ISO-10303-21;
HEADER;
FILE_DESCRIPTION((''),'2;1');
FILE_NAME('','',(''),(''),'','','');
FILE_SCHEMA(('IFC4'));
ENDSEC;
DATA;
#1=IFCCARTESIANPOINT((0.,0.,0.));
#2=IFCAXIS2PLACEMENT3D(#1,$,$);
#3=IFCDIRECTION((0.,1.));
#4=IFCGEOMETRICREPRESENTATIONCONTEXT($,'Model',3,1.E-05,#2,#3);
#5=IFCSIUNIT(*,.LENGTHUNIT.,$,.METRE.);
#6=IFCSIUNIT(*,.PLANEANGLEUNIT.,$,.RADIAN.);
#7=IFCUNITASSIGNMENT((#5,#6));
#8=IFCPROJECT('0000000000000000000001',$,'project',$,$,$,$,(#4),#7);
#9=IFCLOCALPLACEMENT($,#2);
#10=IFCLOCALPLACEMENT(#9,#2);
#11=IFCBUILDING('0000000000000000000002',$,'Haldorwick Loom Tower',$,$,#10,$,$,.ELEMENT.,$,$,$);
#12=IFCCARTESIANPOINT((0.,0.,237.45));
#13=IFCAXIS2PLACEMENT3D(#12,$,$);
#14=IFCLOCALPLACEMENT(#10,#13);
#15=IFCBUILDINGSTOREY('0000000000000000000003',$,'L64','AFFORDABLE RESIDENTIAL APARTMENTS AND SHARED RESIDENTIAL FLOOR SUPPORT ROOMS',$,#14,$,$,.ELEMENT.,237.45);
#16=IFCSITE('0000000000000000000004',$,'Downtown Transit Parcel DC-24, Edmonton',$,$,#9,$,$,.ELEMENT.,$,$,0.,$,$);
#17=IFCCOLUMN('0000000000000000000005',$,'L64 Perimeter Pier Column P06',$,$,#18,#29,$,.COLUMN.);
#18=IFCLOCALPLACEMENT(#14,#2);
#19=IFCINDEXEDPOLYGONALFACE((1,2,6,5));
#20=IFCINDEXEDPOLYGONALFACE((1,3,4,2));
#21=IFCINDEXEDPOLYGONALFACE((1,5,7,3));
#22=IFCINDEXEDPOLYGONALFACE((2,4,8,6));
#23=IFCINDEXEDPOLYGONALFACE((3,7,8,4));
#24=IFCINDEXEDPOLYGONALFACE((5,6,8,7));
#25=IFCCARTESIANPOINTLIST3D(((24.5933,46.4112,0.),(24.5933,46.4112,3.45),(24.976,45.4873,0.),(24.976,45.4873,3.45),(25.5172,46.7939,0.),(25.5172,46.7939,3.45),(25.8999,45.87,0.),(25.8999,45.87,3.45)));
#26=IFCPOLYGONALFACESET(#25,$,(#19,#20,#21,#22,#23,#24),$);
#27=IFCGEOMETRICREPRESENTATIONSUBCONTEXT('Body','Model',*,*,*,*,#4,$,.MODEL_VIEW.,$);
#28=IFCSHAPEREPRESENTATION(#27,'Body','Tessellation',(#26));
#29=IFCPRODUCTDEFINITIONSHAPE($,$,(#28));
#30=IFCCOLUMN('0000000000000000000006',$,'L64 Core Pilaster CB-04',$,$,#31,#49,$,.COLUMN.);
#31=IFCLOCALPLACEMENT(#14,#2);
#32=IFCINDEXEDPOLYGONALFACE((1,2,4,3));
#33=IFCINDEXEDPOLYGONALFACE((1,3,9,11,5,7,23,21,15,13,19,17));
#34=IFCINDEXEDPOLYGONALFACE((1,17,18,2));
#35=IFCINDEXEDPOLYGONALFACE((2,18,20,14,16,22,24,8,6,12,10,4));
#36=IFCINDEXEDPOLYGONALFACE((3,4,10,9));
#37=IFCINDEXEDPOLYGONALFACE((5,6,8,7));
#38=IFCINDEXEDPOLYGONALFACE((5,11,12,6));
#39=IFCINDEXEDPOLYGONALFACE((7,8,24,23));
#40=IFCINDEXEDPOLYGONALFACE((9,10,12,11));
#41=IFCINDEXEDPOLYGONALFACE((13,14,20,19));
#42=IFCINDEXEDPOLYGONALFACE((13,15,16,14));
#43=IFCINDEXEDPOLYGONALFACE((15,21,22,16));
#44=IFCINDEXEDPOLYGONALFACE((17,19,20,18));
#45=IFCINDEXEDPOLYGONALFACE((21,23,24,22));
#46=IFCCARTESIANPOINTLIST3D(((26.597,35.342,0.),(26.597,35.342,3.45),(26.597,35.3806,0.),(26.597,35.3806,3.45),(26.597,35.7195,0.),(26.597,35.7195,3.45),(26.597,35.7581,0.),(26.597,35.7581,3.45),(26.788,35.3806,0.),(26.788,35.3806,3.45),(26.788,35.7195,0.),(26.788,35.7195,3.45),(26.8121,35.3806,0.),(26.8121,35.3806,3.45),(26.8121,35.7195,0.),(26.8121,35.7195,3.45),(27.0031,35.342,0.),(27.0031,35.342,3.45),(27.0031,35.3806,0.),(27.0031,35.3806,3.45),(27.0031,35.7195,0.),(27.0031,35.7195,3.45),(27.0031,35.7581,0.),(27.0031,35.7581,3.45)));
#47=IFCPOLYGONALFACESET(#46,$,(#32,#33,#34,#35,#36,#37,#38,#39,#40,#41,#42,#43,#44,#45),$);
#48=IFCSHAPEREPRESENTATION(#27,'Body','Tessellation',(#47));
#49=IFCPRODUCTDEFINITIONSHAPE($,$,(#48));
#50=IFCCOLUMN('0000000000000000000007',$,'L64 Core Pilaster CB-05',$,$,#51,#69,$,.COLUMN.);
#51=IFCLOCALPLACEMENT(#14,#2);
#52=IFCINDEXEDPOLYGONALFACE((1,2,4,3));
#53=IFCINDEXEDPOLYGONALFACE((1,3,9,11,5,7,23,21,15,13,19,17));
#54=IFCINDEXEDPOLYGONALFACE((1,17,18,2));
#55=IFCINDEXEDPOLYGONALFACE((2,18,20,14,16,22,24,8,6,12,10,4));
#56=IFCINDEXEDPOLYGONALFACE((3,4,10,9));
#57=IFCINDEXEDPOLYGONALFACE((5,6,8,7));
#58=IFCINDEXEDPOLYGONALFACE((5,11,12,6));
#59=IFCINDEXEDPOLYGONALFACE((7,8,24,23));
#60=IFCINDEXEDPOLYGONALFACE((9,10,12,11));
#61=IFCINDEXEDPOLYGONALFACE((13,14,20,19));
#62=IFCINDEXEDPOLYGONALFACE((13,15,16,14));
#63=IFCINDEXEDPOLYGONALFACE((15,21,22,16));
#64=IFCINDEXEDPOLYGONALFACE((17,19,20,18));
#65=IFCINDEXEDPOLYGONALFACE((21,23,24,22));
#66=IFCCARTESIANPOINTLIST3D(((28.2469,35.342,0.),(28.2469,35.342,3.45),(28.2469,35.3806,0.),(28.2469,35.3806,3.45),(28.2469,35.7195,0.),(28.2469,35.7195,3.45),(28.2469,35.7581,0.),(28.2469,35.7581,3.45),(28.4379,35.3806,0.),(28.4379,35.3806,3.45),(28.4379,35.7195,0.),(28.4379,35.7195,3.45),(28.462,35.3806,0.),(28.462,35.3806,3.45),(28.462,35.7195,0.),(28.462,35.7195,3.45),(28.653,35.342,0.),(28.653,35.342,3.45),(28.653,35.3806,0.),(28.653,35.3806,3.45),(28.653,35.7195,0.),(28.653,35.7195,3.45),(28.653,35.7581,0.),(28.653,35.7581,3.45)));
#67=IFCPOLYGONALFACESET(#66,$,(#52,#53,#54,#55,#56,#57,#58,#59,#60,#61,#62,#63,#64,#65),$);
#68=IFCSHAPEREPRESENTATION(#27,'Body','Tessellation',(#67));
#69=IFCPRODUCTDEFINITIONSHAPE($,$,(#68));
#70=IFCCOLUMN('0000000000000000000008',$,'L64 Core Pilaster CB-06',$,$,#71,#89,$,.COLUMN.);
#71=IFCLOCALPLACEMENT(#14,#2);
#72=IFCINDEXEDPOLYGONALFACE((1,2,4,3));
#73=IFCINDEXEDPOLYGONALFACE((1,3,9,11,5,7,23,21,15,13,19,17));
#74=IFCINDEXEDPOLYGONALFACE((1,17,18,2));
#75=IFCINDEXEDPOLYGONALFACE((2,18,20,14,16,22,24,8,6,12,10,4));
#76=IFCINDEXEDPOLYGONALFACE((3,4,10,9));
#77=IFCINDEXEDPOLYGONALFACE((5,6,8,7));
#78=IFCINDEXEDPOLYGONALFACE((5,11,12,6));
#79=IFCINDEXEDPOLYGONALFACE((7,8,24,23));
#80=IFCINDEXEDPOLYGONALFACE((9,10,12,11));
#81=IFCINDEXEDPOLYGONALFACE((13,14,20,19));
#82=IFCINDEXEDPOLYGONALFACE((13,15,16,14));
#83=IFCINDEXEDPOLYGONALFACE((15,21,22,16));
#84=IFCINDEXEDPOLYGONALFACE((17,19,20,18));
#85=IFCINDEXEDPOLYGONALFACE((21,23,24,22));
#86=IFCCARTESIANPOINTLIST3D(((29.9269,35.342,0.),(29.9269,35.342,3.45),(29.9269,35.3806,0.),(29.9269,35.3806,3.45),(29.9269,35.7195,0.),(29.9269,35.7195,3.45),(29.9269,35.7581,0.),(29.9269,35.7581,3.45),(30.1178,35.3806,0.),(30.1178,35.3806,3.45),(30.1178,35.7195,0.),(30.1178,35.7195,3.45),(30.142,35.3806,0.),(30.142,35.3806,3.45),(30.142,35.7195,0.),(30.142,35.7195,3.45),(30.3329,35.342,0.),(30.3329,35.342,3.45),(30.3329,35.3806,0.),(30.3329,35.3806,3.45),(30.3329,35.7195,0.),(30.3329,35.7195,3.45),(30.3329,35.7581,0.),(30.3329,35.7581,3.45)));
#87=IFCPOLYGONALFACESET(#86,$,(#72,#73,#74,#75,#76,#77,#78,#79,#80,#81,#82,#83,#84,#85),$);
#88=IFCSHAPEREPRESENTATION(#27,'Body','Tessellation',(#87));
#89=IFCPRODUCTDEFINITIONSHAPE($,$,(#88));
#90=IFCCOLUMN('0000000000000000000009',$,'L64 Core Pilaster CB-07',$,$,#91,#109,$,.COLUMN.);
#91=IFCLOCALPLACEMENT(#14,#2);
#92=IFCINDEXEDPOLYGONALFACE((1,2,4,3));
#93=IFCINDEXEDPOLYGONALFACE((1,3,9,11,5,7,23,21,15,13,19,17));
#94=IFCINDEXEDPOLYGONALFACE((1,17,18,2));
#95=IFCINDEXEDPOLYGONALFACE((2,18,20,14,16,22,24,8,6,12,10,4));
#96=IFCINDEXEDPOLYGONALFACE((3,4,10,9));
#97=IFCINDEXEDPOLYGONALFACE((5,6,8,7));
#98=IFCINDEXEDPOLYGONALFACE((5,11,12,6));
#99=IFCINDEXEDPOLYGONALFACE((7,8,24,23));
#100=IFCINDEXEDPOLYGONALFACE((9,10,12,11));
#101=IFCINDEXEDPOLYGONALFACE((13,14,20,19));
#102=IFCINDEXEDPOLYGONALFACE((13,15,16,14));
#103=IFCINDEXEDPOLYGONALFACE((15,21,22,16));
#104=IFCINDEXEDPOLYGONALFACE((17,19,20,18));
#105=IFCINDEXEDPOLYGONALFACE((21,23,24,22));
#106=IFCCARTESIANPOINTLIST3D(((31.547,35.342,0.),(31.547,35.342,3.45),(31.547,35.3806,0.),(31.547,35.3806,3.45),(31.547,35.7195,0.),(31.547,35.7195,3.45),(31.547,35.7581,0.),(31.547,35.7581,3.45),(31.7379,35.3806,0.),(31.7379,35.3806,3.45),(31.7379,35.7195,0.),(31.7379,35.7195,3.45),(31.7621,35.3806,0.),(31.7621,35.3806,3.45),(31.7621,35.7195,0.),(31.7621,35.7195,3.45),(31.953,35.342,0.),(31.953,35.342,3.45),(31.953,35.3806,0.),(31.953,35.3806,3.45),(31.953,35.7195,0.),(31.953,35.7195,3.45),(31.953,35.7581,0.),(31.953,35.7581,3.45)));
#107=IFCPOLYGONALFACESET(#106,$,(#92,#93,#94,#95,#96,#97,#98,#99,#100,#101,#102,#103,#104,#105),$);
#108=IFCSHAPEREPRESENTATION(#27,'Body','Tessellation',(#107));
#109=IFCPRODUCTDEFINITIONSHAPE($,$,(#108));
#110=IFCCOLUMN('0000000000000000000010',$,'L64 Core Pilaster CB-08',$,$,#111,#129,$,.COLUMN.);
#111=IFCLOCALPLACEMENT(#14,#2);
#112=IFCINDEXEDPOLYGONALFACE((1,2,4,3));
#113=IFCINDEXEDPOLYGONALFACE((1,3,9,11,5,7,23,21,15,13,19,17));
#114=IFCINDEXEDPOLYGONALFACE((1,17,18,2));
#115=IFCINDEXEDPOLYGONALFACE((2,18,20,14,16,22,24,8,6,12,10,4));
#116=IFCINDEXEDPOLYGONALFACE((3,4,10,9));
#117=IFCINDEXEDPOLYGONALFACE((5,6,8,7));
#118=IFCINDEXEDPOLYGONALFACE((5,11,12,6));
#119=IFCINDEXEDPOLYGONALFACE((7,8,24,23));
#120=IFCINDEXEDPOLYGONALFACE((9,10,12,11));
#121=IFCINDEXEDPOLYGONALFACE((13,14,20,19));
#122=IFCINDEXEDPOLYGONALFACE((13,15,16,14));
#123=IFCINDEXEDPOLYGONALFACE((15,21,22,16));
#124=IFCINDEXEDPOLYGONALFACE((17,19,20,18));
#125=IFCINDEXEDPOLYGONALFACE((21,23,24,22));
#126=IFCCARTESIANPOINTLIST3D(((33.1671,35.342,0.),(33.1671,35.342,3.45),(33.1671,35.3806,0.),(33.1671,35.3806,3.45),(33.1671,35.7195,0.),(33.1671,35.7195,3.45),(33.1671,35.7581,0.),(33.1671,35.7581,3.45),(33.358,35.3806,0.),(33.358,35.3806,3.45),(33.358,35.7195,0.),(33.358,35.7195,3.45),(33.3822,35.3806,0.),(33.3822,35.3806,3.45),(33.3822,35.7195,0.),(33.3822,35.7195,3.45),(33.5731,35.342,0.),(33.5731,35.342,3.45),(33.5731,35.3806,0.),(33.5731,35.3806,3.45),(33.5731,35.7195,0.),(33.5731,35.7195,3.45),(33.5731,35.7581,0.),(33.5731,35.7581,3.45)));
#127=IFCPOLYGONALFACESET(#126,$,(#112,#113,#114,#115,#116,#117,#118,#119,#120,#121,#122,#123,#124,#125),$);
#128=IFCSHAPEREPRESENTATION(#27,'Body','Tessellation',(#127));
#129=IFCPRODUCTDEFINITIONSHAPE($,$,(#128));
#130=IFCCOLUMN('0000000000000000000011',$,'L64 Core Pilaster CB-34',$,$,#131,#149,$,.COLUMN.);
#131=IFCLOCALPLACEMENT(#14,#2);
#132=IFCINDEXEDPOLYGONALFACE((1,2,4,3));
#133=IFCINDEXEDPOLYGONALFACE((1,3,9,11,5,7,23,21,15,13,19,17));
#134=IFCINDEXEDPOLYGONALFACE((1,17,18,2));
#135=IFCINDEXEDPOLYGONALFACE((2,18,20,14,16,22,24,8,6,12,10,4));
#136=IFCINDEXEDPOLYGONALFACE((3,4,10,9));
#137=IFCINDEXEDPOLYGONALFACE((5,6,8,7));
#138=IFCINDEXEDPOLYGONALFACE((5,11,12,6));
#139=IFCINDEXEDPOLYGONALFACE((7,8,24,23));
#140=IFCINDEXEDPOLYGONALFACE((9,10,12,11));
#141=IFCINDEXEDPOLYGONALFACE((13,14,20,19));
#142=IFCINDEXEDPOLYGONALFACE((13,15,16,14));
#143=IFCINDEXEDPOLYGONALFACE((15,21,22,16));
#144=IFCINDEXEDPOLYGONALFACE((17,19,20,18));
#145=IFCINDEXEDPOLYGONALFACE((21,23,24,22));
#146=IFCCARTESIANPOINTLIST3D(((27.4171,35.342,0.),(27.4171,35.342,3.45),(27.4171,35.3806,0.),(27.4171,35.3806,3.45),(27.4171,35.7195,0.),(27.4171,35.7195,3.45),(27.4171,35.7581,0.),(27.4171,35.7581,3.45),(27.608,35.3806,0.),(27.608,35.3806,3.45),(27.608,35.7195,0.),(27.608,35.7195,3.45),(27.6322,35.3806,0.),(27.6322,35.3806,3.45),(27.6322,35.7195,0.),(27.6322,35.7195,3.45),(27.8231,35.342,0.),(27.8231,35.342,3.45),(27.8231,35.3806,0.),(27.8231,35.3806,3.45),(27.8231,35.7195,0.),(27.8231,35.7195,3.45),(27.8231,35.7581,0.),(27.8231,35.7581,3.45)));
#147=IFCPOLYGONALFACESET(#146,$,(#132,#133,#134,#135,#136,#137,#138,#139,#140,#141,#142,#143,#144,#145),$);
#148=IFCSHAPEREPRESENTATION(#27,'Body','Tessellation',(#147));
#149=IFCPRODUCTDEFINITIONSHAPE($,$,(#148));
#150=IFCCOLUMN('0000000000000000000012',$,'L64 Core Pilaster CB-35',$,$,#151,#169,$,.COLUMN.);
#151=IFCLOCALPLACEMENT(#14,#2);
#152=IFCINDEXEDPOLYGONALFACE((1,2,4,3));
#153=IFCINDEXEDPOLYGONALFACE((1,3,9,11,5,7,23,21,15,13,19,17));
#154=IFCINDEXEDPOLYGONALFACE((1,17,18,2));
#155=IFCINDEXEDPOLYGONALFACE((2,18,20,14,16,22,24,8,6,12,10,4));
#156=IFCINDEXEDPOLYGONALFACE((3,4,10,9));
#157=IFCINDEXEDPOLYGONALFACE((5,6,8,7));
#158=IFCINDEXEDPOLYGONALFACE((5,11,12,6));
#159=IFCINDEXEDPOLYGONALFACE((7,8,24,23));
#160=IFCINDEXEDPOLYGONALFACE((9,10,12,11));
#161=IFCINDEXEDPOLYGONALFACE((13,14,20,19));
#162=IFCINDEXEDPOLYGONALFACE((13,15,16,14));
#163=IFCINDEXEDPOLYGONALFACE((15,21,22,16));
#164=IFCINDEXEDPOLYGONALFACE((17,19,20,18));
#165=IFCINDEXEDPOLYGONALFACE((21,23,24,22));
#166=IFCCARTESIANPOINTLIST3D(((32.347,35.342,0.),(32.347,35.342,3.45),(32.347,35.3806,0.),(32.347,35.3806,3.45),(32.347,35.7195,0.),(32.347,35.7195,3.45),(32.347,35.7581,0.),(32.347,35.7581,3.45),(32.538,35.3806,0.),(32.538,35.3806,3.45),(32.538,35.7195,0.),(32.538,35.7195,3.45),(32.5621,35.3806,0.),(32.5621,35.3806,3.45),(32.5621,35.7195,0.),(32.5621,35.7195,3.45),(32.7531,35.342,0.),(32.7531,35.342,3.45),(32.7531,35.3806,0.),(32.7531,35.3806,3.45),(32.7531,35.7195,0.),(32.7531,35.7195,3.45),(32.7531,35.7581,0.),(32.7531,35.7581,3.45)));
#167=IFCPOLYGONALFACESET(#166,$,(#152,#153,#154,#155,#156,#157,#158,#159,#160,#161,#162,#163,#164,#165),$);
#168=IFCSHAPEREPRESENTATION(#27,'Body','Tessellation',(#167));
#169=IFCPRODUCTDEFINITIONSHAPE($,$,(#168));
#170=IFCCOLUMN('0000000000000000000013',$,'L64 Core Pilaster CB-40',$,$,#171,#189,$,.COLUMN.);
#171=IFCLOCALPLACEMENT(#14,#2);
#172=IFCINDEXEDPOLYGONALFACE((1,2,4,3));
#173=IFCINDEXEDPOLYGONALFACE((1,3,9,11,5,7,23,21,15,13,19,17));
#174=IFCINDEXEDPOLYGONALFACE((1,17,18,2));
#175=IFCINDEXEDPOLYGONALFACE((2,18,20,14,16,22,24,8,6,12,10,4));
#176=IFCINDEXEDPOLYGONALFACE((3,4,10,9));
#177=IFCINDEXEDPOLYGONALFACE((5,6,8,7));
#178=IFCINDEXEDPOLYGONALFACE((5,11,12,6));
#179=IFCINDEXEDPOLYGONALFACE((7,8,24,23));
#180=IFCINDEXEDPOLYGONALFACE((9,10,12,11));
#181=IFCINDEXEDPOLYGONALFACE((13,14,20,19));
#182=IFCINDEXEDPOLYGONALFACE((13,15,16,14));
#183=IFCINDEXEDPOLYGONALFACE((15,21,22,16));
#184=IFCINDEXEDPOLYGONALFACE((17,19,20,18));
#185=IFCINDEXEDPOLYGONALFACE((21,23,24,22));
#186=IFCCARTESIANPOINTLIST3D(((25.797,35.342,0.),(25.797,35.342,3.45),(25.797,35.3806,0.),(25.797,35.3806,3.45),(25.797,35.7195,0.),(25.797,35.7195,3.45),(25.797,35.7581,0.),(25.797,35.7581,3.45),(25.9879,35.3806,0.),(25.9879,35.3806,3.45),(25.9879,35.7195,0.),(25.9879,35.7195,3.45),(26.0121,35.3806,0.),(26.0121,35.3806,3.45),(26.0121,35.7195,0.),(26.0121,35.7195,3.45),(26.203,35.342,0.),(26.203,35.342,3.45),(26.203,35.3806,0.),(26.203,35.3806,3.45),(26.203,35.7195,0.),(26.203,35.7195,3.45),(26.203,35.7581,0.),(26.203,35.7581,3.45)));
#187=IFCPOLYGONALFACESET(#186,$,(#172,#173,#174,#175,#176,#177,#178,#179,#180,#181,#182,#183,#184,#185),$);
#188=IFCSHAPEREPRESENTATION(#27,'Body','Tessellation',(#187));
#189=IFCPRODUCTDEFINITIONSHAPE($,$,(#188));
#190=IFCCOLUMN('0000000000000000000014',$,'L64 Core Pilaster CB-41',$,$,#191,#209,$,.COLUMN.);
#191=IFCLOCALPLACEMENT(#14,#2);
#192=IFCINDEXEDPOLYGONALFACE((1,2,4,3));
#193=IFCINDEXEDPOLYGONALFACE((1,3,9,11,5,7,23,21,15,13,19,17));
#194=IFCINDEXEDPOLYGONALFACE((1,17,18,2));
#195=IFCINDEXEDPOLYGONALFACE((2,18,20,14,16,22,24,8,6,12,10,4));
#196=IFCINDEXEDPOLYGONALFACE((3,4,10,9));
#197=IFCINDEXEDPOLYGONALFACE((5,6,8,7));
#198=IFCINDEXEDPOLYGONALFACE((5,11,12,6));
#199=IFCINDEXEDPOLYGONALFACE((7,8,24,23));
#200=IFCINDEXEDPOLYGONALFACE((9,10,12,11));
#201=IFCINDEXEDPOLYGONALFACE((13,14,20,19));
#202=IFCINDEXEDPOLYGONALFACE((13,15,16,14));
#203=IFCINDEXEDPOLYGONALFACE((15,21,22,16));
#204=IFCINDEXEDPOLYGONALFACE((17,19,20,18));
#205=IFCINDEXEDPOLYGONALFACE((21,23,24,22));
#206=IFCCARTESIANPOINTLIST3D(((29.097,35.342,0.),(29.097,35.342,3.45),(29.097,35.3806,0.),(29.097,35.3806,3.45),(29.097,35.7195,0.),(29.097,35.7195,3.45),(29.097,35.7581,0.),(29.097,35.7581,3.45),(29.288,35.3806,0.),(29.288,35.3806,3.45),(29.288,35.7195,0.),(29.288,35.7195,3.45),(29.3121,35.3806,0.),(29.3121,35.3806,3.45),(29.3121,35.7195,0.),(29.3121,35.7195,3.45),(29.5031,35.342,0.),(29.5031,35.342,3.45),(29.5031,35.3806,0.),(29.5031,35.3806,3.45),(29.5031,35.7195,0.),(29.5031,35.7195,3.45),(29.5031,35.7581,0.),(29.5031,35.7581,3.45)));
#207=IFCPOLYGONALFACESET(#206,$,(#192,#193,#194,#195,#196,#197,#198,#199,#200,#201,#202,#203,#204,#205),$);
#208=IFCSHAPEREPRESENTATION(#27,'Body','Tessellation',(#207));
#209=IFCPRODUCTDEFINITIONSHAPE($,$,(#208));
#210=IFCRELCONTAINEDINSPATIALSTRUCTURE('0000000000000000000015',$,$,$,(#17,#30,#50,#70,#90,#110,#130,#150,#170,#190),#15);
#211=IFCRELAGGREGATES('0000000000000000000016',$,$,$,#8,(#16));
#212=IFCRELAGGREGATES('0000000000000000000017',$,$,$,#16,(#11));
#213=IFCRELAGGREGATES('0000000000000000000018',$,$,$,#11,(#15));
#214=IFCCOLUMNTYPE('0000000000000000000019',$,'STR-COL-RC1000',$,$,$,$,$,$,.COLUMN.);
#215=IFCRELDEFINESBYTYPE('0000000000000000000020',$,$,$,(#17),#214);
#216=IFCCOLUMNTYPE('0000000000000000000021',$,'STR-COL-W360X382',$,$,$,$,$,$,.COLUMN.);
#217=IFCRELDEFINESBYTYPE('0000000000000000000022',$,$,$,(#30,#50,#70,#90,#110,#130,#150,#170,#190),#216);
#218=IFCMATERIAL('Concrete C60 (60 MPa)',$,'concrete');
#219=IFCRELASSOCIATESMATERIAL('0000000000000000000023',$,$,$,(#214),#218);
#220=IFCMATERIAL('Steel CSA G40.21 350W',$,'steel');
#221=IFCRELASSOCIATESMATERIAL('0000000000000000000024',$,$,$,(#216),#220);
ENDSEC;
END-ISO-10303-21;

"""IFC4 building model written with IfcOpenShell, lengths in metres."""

from ifc_helpers import new_model, si_unit, direction, frame, origin, origin_2d, place, context, subcontext, project, spatial, rectangle, i_section, extrude, material, material_profile, profile_set, type_object, element, save


model = new_model("IFC4")

# Units and contexts
model_context = context("Model", 3, precision=1e-05, world=origin(), true_north=direction((0.0, 1.0)))
body_context = subcontext(model_context, "Body", "Model", "MODEL_VIEW")
ifc_project = project(units=[si_unit("LENGTHUNIT", "METRE"), si_unit("PLANEANGLEUNIT", "RADIAN")], contexts=[model_context])

# Site, building, storey
site_placement = place(None, origin())
site = spatial("IfcSite", under=ifc_project, at=site_placement, Name="Downtown Transit Parcel DC-24, Edmonton", CompositionType="ELEMENT", RefElevation=0.0)
building_placement = place(site_placement, origin())
building = spatial("IfcBuilding", under=site, at=building_placement, Name="Haldorwick Loom Tower", CompositionType="ELEMENT")
storey_placement = place(building_placement, frame((0.0, 0.0, 237.45)))
storey = spatial("IfcBuildingStorey", under=building, at=storey_placement, Name="L64", Description="AFFORDABLE RESIDENTIAL APARTMENTS AND SHARED RESIDENTIAL FLOOR SUPPORT ROOMS", CompositionType="ELEMENT", Elevation=237.45)

# Columns
ifc_material_1 = material(Name="Concrete C60 (60 MPa)", Category="concrete")
ifc_material_profile_1 = material_profile(ifc_material_1, rectangle(XDim=1.0, YDim=1.0, at=origin_2d()), Name="RC1000X1000", Category="concrete")
ifc_profile_set_1 = profile_set([ifc_material_profile_1], Name="Concrete C60 (60 MPa)")
column_type_1 = type_object("IfcColumnType", Name="STR-COL-RC1000", PredefinedType="COLUMN", material=ifc_profile_set_1)
column_placement = place(storey_placement, frame((25.2466, 46.1406, 0.0), z_axis=(0.0, 0.0, 1.0), x_axis=(-0.382683, 0.92388, 0.0)))
element("IfcColumn", 1, at=column_placement, inside=storey, type_object=column_type_1, Name="L64 Perimeter Pier Column P06", PredefinedType="COLUMN", context=body_context, shape_type="SweptSolid", body=[
    extrude(rectangle(XDim=1.0, YDim=1.0, at=origin_2d()), origin(), (0.0, 0.0, 1.0), 3.45),
])
ifc_material_2 = material(Name="Steel CSA G40.21 350W", Category="steel")
ifc_material_profile_2 = material_profile(ifc_material_2, i_section(OverallWidth=0.406, OverallDepth=0.416, WebThickness=0.0242, FlangeThickness=0.0386, at=origin_2d()), Name="W360X382", Category="steel")
ifc_profile_set_2 = profile_set([ifc_material_profile_2], Name="Steel CSA G40.21 350W")
column_type_2 = type_object("IfcColumnType", Name="STR-COL-W360X382", PredefinedType="COLUMN", material=ifc_profile_set_2)
for number, where, z_axis, x_axis, name in (
    (2, (26.8, 35.55, 0.0), (0.0, 0.0, 1.0), (1.0, 0.0, 0.0), "L64 Core Pilaster CB-04"),
    (3, (28.45, 35.55, 0.0), (0.0, 0.0, 1.0), (1.0, 0.0, 0.0), "L64 Core Pilaster CB-05"),
    (4, (30.1299, 35.55, 0.0), (0.0, 0.0, 1.0), (1.0, 0.0, 0.0), "L64 Core Pilaster CB-06"),
    (5, (31.75, 35.55, 0.0), (0.0, 0.0, 1.0), (1.0, 0.0, 0.0), "L64 Core Pilaster CB-07"),
    (6, (33.3701, 35.55, 0.0), (0.0, 0.0, 1.0), (1.0, 0.0, 0.0), "L64 Core Pilaster CB-08"),
    (7, (27.6201, 35.55, 0.0), (0.0, 0.0, 1.0), (1.0, 0.0, 0.0), "L64 Core Pilaster CB-34"),
    (8, (32.55, 35.55, 0.0), (0.0, 0.0, 1.0), (1.0, 0.0, 0.0), "L64 Core Pilaster CB-35"),
    (9, (26.0, 35.55, 0.0), (0.0, 0.0, 1.0), (1.0, 0.0, 0.0), "L64 Core Pilaster CB-40"),
    (10, (29.3, 35.55, 0.0), (0.0, 0.0, 1.0), (1.0, 0.0, 0.0), "L64 Core Pilaster CB-41"),
):
    element("IfcColumn", number, at=place(storey_placement, frame(where, z_axis=z_axis, x_axis=x_axis)), inside=storey, type_object=column_type_2, Name=name, PredefinedType="COLUMN", context=body_context, shape_type="SweptSolid", body=[
        extrude(i_section(OverallWidth=0.406, OverallDepth=0.416, WebThickness=0.0242, FlangeThickness=0.0386, at=origin_2d()), origin(), (0.0, 0.0, 1.0), 3.45),
    ])

save(model, "model.ifc")
